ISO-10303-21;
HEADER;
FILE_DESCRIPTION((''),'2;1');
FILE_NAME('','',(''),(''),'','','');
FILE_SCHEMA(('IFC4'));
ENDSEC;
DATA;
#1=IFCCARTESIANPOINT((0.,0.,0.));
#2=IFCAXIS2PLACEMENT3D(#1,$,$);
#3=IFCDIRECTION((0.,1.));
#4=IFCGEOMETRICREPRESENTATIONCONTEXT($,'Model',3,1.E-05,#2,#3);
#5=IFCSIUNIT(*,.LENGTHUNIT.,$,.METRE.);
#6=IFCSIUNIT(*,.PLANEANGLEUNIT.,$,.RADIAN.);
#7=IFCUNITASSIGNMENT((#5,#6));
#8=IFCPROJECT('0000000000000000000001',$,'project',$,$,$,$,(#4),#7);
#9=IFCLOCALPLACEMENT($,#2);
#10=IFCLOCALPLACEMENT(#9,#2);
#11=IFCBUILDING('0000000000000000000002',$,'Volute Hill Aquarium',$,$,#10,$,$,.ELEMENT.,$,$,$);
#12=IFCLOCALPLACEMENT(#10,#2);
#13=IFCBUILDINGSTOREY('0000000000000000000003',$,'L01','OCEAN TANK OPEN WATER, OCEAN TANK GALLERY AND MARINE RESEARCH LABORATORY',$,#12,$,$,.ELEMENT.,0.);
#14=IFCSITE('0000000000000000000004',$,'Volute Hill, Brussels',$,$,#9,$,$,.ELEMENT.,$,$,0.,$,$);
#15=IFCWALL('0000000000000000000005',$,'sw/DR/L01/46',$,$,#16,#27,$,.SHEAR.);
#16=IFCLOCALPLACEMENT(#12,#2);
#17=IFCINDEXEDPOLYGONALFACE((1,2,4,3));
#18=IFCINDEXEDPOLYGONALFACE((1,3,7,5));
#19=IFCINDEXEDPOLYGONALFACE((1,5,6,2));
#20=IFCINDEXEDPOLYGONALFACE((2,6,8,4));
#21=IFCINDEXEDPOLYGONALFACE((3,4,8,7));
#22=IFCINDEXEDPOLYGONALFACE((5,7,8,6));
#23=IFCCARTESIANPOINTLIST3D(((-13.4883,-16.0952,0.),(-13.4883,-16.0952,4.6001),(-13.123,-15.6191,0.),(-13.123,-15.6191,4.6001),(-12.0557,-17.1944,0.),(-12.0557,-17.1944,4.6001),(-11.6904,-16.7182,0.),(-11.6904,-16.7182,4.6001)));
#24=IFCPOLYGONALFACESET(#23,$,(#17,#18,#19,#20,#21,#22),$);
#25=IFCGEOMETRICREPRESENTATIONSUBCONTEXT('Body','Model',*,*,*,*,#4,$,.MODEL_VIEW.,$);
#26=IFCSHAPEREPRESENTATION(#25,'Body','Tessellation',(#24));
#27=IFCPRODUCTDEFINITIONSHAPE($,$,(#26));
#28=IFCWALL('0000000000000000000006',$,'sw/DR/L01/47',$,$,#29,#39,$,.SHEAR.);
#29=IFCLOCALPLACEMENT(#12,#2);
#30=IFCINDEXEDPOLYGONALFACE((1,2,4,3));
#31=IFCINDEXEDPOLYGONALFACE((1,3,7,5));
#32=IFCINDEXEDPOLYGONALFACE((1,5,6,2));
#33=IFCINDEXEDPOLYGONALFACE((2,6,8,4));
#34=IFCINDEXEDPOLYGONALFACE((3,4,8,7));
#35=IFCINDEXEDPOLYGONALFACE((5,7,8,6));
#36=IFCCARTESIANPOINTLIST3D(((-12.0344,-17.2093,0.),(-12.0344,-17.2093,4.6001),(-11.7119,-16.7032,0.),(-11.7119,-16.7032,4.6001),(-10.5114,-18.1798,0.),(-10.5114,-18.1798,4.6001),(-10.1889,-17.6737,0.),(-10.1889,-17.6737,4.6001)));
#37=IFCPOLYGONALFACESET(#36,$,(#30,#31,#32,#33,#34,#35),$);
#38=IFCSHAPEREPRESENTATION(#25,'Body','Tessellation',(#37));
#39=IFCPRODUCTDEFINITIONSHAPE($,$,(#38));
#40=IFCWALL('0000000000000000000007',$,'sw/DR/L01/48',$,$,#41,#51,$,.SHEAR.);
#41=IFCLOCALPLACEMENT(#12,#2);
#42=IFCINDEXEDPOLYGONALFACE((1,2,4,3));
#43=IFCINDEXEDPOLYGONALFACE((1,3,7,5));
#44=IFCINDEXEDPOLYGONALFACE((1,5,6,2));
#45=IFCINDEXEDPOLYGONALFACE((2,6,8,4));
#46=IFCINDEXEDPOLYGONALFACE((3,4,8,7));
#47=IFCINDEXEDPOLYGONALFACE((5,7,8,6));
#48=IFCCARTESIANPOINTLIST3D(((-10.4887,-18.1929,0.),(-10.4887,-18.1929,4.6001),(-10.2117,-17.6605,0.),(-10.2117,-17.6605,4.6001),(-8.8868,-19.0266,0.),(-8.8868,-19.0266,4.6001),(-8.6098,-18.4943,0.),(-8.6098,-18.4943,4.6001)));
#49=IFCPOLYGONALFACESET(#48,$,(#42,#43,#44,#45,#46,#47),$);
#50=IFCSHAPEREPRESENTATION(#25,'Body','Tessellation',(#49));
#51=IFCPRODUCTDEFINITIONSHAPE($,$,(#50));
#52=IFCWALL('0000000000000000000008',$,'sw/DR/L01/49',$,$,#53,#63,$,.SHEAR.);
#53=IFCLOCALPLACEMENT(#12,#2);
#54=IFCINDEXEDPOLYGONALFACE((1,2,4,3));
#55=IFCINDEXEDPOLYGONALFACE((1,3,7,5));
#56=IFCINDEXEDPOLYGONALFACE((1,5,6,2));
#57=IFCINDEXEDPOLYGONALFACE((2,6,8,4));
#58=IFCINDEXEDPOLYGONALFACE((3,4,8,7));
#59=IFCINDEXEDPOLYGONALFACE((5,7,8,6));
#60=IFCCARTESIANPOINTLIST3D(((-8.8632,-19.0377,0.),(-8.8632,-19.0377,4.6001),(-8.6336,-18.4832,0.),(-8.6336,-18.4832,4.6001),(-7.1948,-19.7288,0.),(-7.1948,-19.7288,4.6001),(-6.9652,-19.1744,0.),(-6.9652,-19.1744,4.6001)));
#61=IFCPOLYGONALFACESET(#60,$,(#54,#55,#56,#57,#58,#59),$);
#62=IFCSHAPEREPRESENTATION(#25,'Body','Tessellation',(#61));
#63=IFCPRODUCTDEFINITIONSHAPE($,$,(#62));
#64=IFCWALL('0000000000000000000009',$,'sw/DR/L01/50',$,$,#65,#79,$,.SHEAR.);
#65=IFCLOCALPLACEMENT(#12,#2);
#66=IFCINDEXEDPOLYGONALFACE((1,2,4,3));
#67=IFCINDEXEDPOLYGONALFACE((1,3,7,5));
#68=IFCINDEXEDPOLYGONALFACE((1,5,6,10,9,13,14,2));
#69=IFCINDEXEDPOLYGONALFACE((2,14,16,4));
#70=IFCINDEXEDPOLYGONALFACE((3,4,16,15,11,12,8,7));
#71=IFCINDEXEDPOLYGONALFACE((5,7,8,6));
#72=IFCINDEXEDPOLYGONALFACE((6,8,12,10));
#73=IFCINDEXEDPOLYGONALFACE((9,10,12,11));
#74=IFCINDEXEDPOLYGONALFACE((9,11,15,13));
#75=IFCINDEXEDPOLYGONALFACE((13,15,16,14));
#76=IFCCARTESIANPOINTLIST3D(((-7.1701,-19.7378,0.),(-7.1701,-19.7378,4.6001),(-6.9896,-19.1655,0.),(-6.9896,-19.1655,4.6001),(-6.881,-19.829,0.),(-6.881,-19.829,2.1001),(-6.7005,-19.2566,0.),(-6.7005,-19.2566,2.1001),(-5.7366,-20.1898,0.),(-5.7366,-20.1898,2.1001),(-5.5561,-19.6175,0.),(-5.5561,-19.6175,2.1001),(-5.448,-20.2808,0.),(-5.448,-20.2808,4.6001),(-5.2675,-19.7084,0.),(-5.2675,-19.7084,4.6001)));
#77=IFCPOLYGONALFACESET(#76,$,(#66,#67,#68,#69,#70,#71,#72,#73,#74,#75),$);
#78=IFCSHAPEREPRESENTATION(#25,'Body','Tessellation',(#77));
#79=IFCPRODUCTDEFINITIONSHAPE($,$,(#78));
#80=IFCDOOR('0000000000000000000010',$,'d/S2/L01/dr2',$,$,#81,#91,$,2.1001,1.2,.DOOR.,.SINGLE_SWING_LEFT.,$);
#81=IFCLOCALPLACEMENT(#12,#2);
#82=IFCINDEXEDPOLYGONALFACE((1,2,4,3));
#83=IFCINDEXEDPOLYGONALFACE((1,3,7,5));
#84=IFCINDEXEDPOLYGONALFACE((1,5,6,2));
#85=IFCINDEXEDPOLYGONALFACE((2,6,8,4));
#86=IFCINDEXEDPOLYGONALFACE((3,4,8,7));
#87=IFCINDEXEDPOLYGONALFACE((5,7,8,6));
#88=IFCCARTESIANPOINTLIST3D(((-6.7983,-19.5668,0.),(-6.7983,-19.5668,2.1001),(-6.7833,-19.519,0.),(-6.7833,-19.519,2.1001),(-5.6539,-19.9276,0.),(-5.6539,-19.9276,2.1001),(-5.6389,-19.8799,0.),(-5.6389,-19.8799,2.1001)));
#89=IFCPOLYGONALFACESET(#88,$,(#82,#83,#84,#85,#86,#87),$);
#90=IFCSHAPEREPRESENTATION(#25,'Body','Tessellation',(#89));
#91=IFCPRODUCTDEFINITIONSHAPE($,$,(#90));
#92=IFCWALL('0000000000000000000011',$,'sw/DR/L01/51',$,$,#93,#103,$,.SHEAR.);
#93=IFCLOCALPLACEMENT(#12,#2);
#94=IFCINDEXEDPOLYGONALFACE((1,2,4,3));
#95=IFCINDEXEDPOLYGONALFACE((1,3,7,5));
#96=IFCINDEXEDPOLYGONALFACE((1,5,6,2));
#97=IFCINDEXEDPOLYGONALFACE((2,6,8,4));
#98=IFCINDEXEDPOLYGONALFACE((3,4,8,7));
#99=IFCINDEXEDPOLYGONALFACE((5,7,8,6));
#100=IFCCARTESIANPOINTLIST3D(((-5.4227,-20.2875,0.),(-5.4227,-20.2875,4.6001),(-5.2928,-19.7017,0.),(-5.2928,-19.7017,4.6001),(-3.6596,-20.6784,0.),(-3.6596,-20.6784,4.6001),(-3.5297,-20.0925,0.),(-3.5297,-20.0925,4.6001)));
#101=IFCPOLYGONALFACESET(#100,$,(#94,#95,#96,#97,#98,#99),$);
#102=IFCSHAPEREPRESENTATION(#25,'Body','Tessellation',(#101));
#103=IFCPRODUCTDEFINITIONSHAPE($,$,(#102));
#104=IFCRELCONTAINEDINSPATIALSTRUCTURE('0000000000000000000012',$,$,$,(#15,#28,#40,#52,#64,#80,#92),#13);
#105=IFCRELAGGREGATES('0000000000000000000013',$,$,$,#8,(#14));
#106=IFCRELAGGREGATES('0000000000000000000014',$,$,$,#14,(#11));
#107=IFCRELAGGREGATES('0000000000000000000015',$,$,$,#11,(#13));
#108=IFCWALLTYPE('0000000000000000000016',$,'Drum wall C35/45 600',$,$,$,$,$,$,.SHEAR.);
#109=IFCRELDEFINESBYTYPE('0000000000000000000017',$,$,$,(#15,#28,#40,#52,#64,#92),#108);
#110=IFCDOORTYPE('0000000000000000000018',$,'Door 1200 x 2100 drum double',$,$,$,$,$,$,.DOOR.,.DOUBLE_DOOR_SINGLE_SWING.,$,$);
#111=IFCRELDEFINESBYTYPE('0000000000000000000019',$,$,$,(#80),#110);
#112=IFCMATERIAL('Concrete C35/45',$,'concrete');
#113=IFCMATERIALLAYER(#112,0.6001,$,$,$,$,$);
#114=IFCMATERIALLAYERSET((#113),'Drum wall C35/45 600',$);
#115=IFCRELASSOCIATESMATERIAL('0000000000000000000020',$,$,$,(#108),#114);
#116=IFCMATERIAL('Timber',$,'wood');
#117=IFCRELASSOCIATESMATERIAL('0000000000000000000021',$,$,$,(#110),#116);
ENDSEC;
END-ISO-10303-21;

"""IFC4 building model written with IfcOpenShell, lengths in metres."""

from ifc_helpers import new_model, si_unit, direction, frame, frame_2d, origin, place, context, subcontext, project, spatial, rectangle, extrude, material, layer, layer_set, type_object, element, fill, save


model = new_model("IFC4")

# Units and contexts
model_context = context("Model", 3, precision=1e-05, world=origin(), true_north=direction((0.0, 1.0)))
body_context = subcontext(model_context, "Body", "Model", "MODEL_VIEW")
ifc_project = project(units=[si_unit("LENGTHUNIT", "METRE"), si_unit("PLANEANGLEUNIT", "RADIAN")], contexts=[model_context])

# Site, building, storey
site_placement = place(None, origin())
site = spatial("IfcSite", under=ifc_project, at=site_placement, Name="Volute Hill, Brussels", CompositionType="ELEMENT", RefElevation=0.0)
building_placement = place(site_placement, origin())
building = spatial("IfcBuilding", under=site, at=building_placement, Name="Volute Hill Aquarium", CompositionType="ELEMENT")
storey_placement = place(building_placement, origin())
storey = spatial("IfcBuildingStorey", under=building, at=storey_placement, Name="L01", Description="OCEAN TANK OPEN WATER, OCEAN TANK GALLERY AND MARINE RESEARCH LABORATORY", CompositionType="ELEMENT", Elevation=0.0)

# Walls
ifc_material_1 = material(Name="Concrete C35/45", Category="concrete")
ifc_layer_1 = layer(ifc_material_1, 0.6001)
ifc_layer_set_1 = layer_set([ifc_layer_1], Name="Drum wall C35/45 600")
wall_type_1 = type_object("IfcWallType", Name="Drum wall C35/45 600", PredefinedType="SHEAR", material=ifc_layer_set_1)
wall_1_placement = place(storey_placement, frame((-13.3057, -15.8572, 0.0), z_axis=(0.0, 0.0, 1.0), x_axis=(0.793397, -0.608704, 0.0)))
element("IfcWall", 1, at=wall_1_placement, inside=storey, type_object=wall_type_1, Name="sw/DR/L01/46", PredefinedType="SHEAR", context=body_context, shape_type="SweptSolid", body=[
    extrude(rectangle(XDim=1.8057, YDim=0.6001, at=frame_2d((0.9028, 0.0))), origin(), (0.0, 0.0, 1.0), 4.6001),
])
for number, where, z_axis, x_axis, name in (
    (2, (-11.873, -16.9563, 0.0), (0.0, 0.0, 1.0), (0.843333, -0.537392, 0.0), "sw/DR/L01/47"),
    (3, (-10.3501, -17.9268, 0.0), (0.0, 0.0, 1.0), (0.887035, -0.461702, 0.0), "sw/DR/L01/48"),
    (4, (-8.7483, -18.7605, 0.0), (0.0, 0.0, 1.0), (0.923867, -0.382714, 0.0), "sw/DR/L01/49"),
):
    element("IfcWall", number, at=place(storey_placement, frame(where, z_axis=z_axis, x_axis=x_axis)), inside=storey, type_object=wall_type_1, Name=name, PredefinedType="SHEAR", context=body_context, shape_type="SweptSolid", body=[
        extrude(rectangle(XDim=1.8059, YDim=0.6001, at=frame_2d((0.9028, 0.0))), origin(), (0.0, 0.0, 1.0), 4.6001),
    ])

# Wall, opening, door
wall_2_placement = place(storey_placement, frame((-7.0798, -19.4517, 0.0), z_axis=(0.0, 0.0, 1.0), x_axis=(0.953722, -0.300691, 0.0)))
wall_2 = element("IfcWall", 5, at=wall_2_placement, inside=storey, type_object=wall_type_1, Name="sw/DR/L01/50", PredefinedType="SHEAR", context=body_context, shape_type="SweptSolid", body=[
    extrude(rectangle(XDim=1.8057, YDim=0.6001, at=frame_2d((0.9028, 0.0))), origin(), (0.0, 0.0, 1.0), 4.6001),
])
opening_placement = place(wall_2_placement, frame((0.303, 0.0, 0.0)))
opening = element("IfcOpeningElement", 6, at=opening_placement, cuts=wall_2, PredefinedType="OPENING", context=body_context, shape_type="SweptSolid", body=[
    extrude(rectangle(XDim=1.2, YDim=2.1001, at=frame_2d((0.6001, 1.05))), frame((0.0, 0.3101, 0.0), z_axis=(0.0, -1.0, 0.0), x_axis=(1.0, 0.0, 0.0)), (0.0, 0.0, 1.0), 0.6201),
])
ifc_material_2 = material(Name="Timber", Category="wood")
door_type = type_object("IfcDoorType", Name="Door 1200 x 2100 drum double", OperationType="DOUBLE_DOOR_SINGLE_SWING", PredefinedType="DOOR", material=ifc_material_2)
door_placement = place(opening_placement, origin())
door = element("IfcDoor", 7, at=door_placement, inside=storey, type_object=door_type, Name="d/S2/L01/dr2", OperationType="SINGLE_SWING_LEFT", OverallHeight=2.1001, OverallWidth=1.2, PredefinedType="DOOR", context=body_context, shape_type="SweptSolid", body=[
    extrude(rectangle(XDim=1.2, YDim=2.1001, at=frame_2d((0.6001, 1.05))), frame((0.0, 0.0249, 0.0), z_axis=(0.0, -1.0, 0.0), x_axis=(1.0, 0.0, 0.0)), (0.0, 0.0, 1.0), 0.05),
])
fill(opening, door)

# Wall
wall_3_placement = place(storey_placement, frame((-5.3577, -19.9946, 0.0), z_axis=(0.0, 0.0, 1.0), x_axis=(0.976298, -0.216429, 0.0)))
element("IfcWall", 8, at=wall_3_placement, inside=storey, type_object=wall_type_1, Name="sw/DR/L01/51", PredefinedType="SHEAR", context=body_context, shape_type="SweptSolid", body=[
    extrude(rectangle(XDim=1.8059, YDim=0.6001, at=frame_2d((0.9028, 0.0))), origin(), (0.0, 0.0, 1.0), 4.6001),
])

save(model, "model.ifc")
